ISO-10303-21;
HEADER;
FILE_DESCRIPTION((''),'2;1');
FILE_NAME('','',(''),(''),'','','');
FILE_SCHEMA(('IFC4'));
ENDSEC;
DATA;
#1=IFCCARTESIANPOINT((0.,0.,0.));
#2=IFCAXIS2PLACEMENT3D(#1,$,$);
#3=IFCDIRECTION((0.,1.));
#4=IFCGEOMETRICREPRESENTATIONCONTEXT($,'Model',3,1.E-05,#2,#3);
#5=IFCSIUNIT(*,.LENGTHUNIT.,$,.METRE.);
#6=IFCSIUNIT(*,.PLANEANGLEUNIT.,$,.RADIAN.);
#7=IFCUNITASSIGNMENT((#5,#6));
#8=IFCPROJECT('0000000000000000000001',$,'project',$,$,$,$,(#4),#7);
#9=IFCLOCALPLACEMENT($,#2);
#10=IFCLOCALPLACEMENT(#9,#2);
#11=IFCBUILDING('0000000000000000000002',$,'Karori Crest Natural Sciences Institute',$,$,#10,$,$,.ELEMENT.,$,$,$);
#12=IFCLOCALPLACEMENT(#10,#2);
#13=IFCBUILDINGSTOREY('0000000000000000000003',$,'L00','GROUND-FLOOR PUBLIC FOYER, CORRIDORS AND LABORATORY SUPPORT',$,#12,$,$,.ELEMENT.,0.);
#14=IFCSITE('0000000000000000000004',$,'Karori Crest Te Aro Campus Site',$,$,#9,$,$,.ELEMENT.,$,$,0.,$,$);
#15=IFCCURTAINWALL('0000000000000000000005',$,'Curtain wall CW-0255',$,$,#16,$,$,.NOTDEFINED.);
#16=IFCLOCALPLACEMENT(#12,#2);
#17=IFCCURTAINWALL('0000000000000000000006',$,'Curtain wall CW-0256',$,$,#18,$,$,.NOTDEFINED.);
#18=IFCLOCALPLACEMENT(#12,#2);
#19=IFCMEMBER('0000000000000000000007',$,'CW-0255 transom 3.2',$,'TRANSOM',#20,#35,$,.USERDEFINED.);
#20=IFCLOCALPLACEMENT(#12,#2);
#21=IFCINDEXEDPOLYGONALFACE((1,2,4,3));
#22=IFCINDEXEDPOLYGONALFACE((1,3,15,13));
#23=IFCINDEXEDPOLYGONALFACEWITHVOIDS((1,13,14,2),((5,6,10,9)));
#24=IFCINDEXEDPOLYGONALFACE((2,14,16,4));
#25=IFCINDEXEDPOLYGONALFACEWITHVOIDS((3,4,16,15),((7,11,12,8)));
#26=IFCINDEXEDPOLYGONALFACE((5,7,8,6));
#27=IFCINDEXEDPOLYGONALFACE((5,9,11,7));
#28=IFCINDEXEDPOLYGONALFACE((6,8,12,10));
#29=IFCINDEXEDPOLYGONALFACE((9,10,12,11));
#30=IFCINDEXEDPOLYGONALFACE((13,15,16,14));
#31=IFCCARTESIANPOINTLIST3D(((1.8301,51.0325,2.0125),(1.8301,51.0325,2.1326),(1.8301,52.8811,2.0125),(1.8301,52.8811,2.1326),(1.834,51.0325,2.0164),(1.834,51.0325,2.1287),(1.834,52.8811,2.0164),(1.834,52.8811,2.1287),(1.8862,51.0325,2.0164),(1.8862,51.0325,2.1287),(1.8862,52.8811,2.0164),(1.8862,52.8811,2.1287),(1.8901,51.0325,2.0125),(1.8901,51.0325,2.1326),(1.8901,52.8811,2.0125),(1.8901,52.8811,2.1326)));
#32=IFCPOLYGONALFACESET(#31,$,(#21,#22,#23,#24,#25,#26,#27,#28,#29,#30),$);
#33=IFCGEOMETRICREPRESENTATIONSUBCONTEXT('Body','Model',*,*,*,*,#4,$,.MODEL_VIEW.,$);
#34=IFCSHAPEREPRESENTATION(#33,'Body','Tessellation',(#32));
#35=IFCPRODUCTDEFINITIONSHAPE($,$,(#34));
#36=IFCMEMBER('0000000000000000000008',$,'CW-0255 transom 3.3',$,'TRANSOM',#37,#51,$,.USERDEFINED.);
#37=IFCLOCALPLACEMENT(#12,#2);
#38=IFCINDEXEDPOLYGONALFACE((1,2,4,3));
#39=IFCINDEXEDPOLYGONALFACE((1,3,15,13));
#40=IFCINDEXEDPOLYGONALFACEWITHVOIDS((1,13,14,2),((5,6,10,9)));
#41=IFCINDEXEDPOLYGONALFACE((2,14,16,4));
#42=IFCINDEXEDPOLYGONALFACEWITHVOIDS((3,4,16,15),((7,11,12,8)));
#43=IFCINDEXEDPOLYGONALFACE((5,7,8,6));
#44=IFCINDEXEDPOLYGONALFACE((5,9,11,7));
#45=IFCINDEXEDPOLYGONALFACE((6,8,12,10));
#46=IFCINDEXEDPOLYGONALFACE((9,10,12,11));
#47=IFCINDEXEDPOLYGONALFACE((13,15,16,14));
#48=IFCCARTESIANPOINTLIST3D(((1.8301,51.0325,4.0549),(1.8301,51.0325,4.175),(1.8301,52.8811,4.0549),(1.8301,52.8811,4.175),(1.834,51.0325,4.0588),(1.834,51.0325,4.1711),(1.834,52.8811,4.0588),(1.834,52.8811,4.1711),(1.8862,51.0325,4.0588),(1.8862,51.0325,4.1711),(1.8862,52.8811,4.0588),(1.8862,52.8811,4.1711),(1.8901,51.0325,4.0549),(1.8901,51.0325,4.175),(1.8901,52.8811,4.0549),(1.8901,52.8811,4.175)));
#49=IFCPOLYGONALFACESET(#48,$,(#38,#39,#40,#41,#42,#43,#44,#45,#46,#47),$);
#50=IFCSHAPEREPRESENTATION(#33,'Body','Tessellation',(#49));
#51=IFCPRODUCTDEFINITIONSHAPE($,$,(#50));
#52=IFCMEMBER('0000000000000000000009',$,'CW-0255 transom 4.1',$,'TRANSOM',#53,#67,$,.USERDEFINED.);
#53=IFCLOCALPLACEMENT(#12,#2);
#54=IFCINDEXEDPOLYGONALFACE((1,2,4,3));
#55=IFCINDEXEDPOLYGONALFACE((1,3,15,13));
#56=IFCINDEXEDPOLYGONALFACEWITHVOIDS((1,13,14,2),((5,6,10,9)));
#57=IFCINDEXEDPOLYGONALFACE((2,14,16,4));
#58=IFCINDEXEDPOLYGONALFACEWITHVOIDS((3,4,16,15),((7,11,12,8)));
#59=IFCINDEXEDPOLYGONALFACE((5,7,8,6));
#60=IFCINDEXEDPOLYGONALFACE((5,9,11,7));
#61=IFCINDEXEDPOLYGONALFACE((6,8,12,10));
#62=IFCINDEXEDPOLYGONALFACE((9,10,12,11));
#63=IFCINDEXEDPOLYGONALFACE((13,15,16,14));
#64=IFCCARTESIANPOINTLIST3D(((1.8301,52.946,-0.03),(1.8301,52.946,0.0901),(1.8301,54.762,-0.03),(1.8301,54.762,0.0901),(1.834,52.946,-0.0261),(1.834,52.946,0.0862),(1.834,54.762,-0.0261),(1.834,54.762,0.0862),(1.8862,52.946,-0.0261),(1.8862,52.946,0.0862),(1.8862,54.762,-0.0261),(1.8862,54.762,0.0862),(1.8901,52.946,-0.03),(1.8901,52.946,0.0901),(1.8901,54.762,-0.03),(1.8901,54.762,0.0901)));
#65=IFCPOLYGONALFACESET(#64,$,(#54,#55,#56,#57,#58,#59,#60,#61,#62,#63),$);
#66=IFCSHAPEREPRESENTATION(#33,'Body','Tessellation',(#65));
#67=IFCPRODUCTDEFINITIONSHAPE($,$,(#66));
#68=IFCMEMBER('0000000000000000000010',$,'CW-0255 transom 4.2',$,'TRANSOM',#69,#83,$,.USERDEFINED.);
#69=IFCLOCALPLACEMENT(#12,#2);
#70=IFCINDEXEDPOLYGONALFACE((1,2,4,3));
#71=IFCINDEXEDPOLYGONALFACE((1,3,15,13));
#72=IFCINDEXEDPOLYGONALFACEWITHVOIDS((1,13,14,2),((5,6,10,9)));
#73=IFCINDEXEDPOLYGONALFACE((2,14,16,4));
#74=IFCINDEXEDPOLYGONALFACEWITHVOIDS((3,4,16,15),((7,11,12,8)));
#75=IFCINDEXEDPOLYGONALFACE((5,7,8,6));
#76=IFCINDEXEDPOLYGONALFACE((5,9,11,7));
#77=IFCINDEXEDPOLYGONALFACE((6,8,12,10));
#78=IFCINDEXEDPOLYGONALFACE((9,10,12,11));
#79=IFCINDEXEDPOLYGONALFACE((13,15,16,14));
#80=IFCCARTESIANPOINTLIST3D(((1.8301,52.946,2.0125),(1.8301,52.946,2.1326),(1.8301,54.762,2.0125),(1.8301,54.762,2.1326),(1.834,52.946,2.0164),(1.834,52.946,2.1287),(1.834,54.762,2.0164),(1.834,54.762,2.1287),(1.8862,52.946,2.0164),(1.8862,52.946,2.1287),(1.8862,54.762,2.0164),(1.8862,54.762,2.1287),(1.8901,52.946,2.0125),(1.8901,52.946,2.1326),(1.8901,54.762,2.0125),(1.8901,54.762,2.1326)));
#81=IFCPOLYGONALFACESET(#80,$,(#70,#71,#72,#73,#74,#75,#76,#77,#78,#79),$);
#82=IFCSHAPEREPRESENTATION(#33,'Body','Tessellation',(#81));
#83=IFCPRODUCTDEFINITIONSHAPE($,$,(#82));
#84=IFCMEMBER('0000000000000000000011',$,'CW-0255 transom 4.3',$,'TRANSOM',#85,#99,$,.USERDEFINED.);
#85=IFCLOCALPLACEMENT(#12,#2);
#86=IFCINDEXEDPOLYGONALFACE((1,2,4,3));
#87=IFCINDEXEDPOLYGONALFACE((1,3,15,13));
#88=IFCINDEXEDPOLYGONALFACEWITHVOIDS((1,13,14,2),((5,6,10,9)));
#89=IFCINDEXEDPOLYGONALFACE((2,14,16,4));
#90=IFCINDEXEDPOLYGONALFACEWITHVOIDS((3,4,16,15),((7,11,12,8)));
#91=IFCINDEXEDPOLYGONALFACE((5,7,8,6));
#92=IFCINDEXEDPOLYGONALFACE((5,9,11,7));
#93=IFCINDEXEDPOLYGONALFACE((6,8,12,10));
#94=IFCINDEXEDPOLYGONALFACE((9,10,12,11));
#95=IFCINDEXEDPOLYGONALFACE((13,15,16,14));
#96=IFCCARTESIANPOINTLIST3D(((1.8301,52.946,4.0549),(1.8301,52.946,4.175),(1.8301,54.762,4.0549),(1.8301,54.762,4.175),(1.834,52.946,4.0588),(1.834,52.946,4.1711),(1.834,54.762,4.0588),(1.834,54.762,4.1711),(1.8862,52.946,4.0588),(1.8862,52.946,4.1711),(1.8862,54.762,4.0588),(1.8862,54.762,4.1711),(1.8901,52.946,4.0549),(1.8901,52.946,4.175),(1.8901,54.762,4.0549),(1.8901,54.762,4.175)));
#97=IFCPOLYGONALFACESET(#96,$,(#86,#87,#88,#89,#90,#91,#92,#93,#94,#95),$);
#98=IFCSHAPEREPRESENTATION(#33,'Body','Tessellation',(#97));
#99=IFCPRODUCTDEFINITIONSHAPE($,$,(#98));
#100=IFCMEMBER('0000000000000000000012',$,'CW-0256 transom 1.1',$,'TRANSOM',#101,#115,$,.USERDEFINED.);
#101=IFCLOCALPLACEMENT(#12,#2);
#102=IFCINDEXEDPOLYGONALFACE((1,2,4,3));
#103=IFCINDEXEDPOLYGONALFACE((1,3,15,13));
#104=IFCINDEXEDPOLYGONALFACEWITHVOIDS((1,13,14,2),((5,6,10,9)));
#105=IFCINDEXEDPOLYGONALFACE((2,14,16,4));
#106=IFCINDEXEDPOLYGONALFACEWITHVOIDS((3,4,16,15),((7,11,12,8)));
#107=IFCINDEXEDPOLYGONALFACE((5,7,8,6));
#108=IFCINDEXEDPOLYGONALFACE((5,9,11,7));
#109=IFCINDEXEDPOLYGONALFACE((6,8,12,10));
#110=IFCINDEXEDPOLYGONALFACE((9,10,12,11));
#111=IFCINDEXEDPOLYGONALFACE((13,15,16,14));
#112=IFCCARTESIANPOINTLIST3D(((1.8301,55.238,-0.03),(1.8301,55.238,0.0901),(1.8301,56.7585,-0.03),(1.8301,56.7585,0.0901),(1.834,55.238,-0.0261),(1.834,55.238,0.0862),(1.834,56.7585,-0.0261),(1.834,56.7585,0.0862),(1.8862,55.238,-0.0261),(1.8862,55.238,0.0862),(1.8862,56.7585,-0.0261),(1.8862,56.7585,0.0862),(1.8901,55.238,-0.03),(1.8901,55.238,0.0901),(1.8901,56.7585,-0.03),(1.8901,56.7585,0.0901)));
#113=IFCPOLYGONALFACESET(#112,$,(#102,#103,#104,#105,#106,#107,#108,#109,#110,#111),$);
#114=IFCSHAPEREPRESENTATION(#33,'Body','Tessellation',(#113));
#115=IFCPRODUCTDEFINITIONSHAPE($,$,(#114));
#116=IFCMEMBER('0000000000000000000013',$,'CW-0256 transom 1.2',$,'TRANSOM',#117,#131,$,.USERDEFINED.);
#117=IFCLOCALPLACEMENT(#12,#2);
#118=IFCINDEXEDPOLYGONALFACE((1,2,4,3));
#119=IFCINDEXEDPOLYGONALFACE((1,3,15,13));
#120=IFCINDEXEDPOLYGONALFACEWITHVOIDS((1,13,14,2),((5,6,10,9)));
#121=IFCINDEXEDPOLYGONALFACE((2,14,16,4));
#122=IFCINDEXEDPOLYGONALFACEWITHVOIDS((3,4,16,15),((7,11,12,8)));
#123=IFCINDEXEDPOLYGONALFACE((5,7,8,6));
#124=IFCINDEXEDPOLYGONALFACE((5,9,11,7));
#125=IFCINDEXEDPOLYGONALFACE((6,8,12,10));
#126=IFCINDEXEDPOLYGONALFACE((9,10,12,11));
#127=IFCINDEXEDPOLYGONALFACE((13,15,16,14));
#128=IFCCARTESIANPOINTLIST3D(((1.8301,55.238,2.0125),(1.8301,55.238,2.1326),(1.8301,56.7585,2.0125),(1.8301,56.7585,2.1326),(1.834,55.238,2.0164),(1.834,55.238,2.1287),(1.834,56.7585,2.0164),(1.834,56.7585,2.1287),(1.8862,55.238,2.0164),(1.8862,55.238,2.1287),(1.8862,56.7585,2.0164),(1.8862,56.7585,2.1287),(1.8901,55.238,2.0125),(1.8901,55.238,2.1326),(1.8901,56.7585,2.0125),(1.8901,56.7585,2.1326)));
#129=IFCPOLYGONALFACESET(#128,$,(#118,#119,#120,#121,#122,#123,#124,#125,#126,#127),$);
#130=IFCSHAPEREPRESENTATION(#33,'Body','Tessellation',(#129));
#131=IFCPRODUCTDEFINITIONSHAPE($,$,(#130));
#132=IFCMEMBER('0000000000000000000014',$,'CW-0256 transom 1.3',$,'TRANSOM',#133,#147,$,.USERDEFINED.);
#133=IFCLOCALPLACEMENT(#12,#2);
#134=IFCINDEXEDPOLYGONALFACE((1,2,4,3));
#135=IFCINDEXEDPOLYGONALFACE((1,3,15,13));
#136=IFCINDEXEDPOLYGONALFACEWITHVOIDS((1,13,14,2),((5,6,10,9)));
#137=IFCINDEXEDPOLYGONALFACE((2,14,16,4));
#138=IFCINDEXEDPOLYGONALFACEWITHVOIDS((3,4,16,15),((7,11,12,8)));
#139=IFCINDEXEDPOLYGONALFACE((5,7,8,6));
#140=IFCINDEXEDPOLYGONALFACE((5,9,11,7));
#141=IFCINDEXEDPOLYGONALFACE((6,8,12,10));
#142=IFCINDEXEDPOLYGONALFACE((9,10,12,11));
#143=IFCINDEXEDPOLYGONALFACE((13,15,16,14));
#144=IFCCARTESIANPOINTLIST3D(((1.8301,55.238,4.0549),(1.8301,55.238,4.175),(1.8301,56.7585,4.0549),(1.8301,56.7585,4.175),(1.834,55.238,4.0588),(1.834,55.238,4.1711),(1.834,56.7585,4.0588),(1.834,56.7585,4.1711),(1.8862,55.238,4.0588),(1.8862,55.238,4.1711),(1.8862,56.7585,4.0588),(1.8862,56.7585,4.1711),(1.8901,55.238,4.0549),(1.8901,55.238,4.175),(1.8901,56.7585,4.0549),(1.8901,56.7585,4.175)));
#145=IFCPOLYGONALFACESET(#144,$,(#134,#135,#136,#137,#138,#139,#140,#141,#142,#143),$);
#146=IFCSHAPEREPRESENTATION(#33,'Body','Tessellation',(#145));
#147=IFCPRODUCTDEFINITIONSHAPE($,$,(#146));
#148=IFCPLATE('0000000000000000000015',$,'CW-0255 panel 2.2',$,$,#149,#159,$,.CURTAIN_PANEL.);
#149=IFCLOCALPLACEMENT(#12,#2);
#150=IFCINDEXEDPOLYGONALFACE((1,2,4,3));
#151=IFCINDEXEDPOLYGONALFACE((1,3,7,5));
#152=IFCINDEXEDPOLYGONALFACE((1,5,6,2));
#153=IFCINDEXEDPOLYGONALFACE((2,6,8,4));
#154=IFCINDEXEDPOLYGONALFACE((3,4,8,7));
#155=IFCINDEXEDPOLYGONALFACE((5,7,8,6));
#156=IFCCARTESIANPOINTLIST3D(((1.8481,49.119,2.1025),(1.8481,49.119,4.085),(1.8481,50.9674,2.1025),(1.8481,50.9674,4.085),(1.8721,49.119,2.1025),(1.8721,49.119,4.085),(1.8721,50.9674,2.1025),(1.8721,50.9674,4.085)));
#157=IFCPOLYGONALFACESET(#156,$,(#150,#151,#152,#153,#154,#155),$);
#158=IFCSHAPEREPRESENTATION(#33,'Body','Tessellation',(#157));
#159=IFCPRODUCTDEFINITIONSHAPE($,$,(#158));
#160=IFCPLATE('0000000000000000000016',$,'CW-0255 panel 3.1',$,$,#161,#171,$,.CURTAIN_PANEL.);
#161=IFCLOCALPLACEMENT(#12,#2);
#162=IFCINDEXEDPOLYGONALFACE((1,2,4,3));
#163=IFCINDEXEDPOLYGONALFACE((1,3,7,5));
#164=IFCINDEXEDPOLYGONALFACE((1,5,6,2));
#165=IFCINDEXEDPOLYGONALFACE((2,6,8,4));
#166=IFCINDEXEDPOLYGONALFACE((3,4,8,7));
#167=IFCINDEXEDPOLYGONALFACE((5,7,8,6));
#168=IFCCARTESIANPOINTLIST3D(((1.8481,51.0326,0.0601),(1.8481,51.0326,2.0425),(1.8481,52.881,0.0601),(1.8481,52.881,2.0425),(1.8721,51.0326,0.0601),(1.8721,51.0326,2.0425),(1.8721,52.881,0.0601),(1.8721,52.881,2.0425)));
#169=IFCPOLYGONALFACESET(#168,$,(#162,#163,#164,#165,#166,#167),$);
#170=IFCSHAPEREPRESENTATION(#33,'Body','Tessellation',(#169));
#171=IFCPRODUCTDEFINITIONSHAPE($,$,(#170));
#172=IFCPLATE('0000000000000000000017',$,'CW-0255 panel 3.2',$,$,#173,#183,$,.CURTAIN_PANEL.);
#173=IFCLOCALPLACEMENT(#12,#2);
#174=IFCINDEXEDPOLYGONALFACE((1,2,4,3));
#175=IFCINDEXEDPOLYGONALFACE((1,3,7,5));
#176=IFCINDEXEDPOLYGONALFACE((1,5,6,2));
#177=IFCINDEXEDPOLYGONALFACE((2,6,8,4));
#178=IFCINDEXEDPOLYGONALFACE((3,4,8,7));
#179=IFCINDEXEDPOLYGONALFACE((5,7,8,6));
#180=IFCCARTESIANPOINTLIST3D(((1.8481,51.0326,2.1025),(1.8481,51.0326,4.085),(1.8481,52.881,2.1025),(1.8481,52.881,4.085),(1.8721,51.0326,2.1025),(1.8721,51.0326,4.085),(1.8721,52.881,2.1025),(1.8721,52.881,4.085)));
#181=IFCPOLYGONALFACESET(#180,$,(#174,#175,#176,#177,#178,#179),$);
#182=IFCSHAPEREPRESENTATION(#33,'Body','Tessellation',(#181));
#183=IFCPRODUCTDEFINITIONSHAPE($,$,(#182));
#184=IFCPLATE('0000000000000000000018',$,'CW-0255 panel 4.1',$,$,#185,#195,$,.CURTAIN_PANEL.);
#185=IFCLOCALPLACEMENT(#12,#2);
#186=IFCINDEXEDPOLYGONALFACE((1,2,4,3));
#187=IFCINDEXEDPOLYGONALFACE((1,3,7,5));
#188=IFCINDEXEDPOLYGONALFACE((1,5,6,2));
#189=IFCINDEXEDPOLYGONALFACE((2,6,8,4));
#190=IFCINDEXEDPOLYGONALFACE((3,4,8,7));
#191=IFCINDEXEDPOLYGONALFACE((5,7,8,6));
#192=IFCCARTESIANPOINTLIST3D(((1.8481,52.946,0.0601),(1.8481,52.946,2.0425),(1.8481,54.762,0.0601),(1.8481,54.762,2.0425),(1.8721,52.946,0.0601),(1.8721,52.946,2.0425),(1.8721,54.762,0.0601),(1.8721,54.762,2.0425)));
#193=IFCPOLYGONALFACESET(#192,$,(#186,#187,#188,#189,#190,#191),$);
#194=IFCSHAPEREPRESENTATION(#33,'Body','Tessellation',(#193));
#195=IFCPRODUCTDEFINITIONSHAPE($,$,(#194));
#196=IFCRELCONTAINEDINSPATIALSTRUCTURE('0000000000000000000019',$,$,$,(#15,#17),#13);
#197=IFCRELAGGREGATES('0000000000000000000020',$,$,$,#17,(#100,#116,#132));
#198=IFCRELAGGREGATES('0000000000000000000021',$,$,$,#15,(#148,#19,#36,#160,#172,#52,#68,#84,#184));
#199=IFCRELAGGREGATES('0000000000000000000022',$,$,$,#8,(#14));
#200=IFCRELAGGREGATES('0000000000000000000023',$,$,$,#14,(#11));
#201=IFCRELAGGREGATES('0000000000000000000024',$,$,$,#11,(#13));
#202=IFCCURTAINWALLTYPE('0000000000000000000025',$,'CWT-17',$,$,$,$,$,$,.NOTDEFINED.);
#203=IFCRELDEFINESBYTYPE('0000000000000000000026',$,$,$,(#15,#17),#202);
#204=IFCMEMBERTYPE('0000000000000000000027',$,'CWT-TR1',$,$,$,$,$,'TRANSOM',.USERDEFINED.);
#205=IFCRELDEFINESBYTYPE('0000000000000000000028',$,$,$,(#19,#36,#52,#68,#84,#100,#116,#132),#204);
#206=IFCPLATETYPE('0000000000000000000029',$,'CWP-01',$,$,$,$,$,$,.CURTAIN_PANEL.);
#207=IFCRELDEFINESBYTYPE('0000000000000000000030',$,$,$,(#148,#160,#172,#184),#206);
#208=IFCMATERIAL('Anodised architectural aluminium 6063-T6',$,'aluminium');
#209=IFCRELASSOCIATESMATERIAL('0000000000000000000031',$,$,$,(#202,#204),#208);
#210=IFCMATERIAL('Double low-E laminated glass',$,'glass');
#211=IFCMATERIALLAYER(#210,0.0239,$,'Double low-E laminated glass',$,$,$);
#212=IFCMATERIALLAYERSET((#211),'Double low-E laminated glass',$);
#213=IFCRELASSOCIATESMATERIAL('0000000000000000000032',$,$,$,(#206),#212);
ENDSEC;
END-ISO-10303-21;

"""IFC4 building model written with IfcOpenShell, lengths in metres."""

from ifc_helpers import new_model, si_unit, direction, frame, origin, origin_2d, place, context, subcontext, project, spatial, rectangle, hollow_rectangle, extrude, material, layer, layer_set, material_profile, profile_set, type_object, element, aggregate, save


model = new_model("IFC4")

# Units and contexts
model_context = context("Model", 3, precision=1e-05, world=origin(), true_north=direction((0.0, 1.0)))
body_context = subcontext(model_context, "Body", "Model", "MODEL_VIEW")
ifc_project = project(units=[si_unit("LENGTHUNIT", "METRE"), si_unit("PLANEANGLEUNIT", "RADIAN")], contexts=[model_context])

# Site, building, storey
site_placement = place(None, origin())
site = spatial("IfcSite", under=ifc_project, at=site_placement, Name="Karori Crest Te Aro Campus Site", CompositionType="ELEMENT", RefElevation=0.0)
building_placement = place(site_placement, origin())
building = spatial("IfcBuilding", under=site, at=building_placement, Name="Karori Crest Natural Sciences Institute", CompositionType="ELEMENT")
storey_placement = place(building_placement, origin())
storey = spatial("IfcBuildingStorey", under=building, at=storey_placement, Name="L00", Description="GROUND-FLOOR PUBLIC FOYER, CORRIDORS AND LABORATORY SUPPORT", CompositionType="ELEMENT", Elevation=0.0)

# Curtain wall
ifc_material_1 = material(Name="Anodised architectural aluminium 6063-T6", Category="aluminium")
curtain_wall_type = type_object("IfcCurtainWallType", Name="CWT-17", PredefinedType="NOTDEFINED", material=ifc_material_1)
curtain_wall_1_placement = place(storey_placement, origin())
curtain_wall_1 = element("IfcCurtainWall", 1, at=curtain_wall_1_placement, inside=storey, type_object=curtain_wall_type, Name="Curtain wall CW-0255", PredefinedType="NOTDEFINED")

# Curtain wall
curtain_wall_2_placement = place(storey_placement, origin())
curtain_wall_2 = element("IfcCurtainWall", 2, at=curtain_wall_2_placement, inside=storey, type_object=curtain_wall_type, Name="Curtain wall CW-0256", PredefinedType="NOTDEFINED")

# Members
ifc_material_profile_1 = material_profile(ifc_material_1, hollow_rectangle(XDim=0.0601, YDim=0.1201, WallThickness=0.0039, at=origin_2d()), Name="CWT120x60x4")
ifc_profile_set_1 = profile_set([ifc_material_profile_1], Name="Anodised architectural aluminium 6063-T6")
member_type_1 = type_object("IfcMemberType", Name="CWT-TR1", ElementType="TRANSOM", PredefinedType="USERDEFINED", material=ifc_profile_set_1)
member_1_placement = place(storey_placement, frame((1.8601, 51.0325, 2.0725), z_axis=(0.0, 1.0, 0.0), x_axis=(-1.0, 0.0, 0.0)))
member_1 = element("IfcMember", 3, at=member_1_placement, type_object=member_type_1, Name="CW-0255 transom 3.2", ObjectType="TRANSOM", PredefinedType="USERDEFINED", context=body_context, shape_type="SweptSolid", body=[
    extrude(hollow_rectangle(XDim=0.0601, YDim=0.1201, WallThickness=0.0039, at=origin_2d()), origin(), (0.0, 0.0, 1.0), 1.8486),
])
member_2_placement = place(storey_placement, frame((1.8601, 51.0325, 4.115), z_axis=(0.0, 1.0, 0.0), x_axis=(-1.0, 0.0, 0.0)))
member_2 = element("IfcMember", 4, at=member_2_placement, type_object=member_type_1, Name="CW-0255 transom 3.3", ObjectType="TRANSOM", PredefinedType="USERDEFINED", context=body_context, shape_type="SweptSolid", body=[
    extrude(hollow_rectangle(XDim=0.0601, YDim=0.1201, WallThickness=0.0039, at=origin_2d()), origin(), (0.0, 0.0, 1.0), 1.8486),
])
member_3_placement = place(storey_placement, frame((1.8601, 52.946, 0.03), z_axis=(0.0, 1.0, 0.0), x_axis=(-1.0, 0.0, 0.0)))
member_3 = element("IfcMember", 5, at=member_3_placement, type_object=member_type_1, Name="CW-0255 transom 4.1", ObjectType="TRANSOM", PredefinedType="USERDEFINED", context=body_context, shape_type="SweptSolid", body=[
    extrude(hollow_rectangle(XDim=0.0601, YDim=0.1201, WallThickness=0.0039, at=origin_2d()), origin(), (0.0, 0.0, 1.0), 1.8159),
])
member_4_placement = place(storey_placement, frame((1.8601, 52.946, 2.0725), z_axis=(0.0, 1.0, 0.0), x_axis=(-1.0, 0.0, 0.0)))
member_4 = element("IfcMember", 6, at=member_4_placement, type_object=member_type_1, Name="CW-0255 transom 4.2", ObjectType="TRANSOM", PredefinedType="USERDEFINED", context=body_context, shape_type="SweptSolid", body=[
    extrude(hollow_rectangle(XDim=0.0601, YDim=0.1201, WallThickness=0.0039, at=origin_2d()), origin(), (0.0, 0.0, 1.0), 1.8159),
])
member_5_placement = place(storey_placement, frame((1.8601, 52.946, 4.115), z_axis=(0.0, 1.0, 0.0), x_axis=(-1.0, 0.0, 0.0)))
member_5 = element("IfcMember", 7, at=member_5_placement, type_object=member_type_1, Name="CW-0255 transom 4.3", ObjectType="TRANSOM", PredefinedType="USERDEFINED", context=body_context, shape_type="SweptSolid", body=[
    extrude(hollow_rectangle(XDim=0.0601, YDim=0.1201, WallThickness=0.0039, at=origin_2d()), origin(), (0.0, 0.0, 1.0), 1.8159),
])
member_6_placement = place(storey_placement, frame((1.8601, 55.238, 0.03), z_axis=(0.0, 1.0, 0.0), x_axis=(-1.0, 0.0, 0.0)))
member_6 = element("IfcMember", 8, at=member_6_placement, type_object=member_type_1, Name="CW-0256 transom 1.1", ObjectType="TRANSOM", PredefinedType="USERDEFINED", context=body_context, shape_type="SweptSolid", body=[
    extrude(hollow_rectangle(XDim=0.0601, YDim=0.1201, WallThickness=0.0039, at=origin_2d()), origin(), (0.0, 0.0, 1.0), 1.5205),
])
member_7_placement = place(storey_placement, frame((1.8601, 55.238, 2.0725), z_axis=(0.0, 1.0, 0.0), x_axis=(-1.0, 0.0, 0.0)))
member_7 = element("IfcMember", 9, at=member_7_placement, type_object=member_type_1, Name="CW-0256 transom 1.2", ObjectType="TRANSOM", PredefinedType="USERDEFINED", context=body_context, shape_type="SweptSolid", body=[
    extrude(hollow_rectangle(XDim=0.0601, YDim=0.1201, WallThickness=0.0039, at=origin_2d()), origin(), (0.0, 0.0, 1.0), 1.5205),
])
member_8_placement = place(storey_placement, frame((1.8601, 55.238, 4.115), z_axis=(0.0, 1.0, 0.0), x_axis=(-1.0, 0.0, 0.0)))
member_8 = element("IfcMember", 10, at=member_8_placement, type_object=member_type_1, Name="CW-0256 transom 1.3", ObjectType="TRANSOM", PredefinedType="USERDEFINED", context=body_context, shape_type="SweptSolid", body=[
    extrude(hollow_rectangle(XDim=0.0601, YDim=0.1201, WallThickness=0.0039, at=origin_2d()), origin(), (0.0, 0.0, 1.0), 1.5205),
])
aggregate(curtain_wall_2, [member_6, member_7, member_8])

# Plates
ifc_material_2 = material(Name="Double low-E laminated glass", Category="glass")
ifc_layer = layer(ifc_material_2, 0.0239, Name="Double low-E laminated glass")
ifc_layer_set = layer_set([ifc_layer], Name="Double low-E laminated glass")
plate_type = type_object("IfcPlateType", Name="CWP-01", PredefinedType="CURTAIN_PANEL", material=ifc_layer_set)
plate_1_placement = place(storey_placement, frame((1.8601, 50.0432, 2.1025), z_axis=(0.0, 0.0, 1.0), x_axis=(0.0, 1.0, 0.0)))
plate_1 = element("IfcPlate", 11, at=plate_1_placement, type_object=plate_type, Name="CW-0255 panel 2.2", PredefinedType="CURTAIN_PANEL", context=body_context, shape_type="SweptSolid", body=[
    extrude(rectangle(XDim=1.8484, YDim=0.0239, at=origin_2d()), origin(), (0.0, 0.0, 1.0), 1.9824),
])
plate_2_placement = place(storey_placement, frame((1.8601, 51.9568, 0.0601), z_axis=(0.0, 0.0, 1.0), x_axis=(0.0, 1.0, 0.0)))
plate_2 = element("IfcPlate", 12, at=plate_2_placement, type_object=plate_type, Name="CW-0255 panel 3.1", PredefinedType="CURTAIN_PANEL", context=body_context, shape_type="SweptSolid", body=[
    extrude(rectangle(XDim=1.8484, YDim=0.0239, at=origin_2d()), origin(), (0.0, 0.0, 1.0), 1.9824),
])
plate_3_placement = place(storey_placement, frame((1.8601, 51.9568, 2.1025), z_axis=(0.0, 0.0, 1.0), x_axis=(0.0, 1.0, 0.0)))
plate_3 = element("IfcPlate", 13, at=plate_3_placement, type_object=plate_type, Name="CW-0255 panel 3.2", PredefinedType="CURTAIN_PANEL", context=body_context, shape_type="SweptSolid", body=[
    extrude(rectangle(XDim=1.8484, YDim=0.0239, at=origin_2d()), origin(), (0.0, 0.0, 1.0), 1.9824),
])
plate_4_placement = place(storey_placement, frame((1.8601, 53.854, 0.0601), z_axis=(0.0, 0.0, 1.0), x_axis=(0.0, 1.0, 0.0)))
plate_4 = element("IfcPlate", 14, at=plate_4_placement, type_object=plate_type, Name="CW-0255 panel 4.1", PredefinedType="CURTAIN_PANEL", context=body_context, shape_type="SweptSolid", body=[
    extrude(rectangle(XDim=1.8159, YDim=0.0239, at=origin_2d()), origin(), (0.0, 0.0, 1.0), 1.9824),
])
aggregate(curtain_wall_1, [plate_1, member_1, member_2, plate_2, plate_3, member_3, member_4, member_5, plate_4])

save(model, "model.ifc")
